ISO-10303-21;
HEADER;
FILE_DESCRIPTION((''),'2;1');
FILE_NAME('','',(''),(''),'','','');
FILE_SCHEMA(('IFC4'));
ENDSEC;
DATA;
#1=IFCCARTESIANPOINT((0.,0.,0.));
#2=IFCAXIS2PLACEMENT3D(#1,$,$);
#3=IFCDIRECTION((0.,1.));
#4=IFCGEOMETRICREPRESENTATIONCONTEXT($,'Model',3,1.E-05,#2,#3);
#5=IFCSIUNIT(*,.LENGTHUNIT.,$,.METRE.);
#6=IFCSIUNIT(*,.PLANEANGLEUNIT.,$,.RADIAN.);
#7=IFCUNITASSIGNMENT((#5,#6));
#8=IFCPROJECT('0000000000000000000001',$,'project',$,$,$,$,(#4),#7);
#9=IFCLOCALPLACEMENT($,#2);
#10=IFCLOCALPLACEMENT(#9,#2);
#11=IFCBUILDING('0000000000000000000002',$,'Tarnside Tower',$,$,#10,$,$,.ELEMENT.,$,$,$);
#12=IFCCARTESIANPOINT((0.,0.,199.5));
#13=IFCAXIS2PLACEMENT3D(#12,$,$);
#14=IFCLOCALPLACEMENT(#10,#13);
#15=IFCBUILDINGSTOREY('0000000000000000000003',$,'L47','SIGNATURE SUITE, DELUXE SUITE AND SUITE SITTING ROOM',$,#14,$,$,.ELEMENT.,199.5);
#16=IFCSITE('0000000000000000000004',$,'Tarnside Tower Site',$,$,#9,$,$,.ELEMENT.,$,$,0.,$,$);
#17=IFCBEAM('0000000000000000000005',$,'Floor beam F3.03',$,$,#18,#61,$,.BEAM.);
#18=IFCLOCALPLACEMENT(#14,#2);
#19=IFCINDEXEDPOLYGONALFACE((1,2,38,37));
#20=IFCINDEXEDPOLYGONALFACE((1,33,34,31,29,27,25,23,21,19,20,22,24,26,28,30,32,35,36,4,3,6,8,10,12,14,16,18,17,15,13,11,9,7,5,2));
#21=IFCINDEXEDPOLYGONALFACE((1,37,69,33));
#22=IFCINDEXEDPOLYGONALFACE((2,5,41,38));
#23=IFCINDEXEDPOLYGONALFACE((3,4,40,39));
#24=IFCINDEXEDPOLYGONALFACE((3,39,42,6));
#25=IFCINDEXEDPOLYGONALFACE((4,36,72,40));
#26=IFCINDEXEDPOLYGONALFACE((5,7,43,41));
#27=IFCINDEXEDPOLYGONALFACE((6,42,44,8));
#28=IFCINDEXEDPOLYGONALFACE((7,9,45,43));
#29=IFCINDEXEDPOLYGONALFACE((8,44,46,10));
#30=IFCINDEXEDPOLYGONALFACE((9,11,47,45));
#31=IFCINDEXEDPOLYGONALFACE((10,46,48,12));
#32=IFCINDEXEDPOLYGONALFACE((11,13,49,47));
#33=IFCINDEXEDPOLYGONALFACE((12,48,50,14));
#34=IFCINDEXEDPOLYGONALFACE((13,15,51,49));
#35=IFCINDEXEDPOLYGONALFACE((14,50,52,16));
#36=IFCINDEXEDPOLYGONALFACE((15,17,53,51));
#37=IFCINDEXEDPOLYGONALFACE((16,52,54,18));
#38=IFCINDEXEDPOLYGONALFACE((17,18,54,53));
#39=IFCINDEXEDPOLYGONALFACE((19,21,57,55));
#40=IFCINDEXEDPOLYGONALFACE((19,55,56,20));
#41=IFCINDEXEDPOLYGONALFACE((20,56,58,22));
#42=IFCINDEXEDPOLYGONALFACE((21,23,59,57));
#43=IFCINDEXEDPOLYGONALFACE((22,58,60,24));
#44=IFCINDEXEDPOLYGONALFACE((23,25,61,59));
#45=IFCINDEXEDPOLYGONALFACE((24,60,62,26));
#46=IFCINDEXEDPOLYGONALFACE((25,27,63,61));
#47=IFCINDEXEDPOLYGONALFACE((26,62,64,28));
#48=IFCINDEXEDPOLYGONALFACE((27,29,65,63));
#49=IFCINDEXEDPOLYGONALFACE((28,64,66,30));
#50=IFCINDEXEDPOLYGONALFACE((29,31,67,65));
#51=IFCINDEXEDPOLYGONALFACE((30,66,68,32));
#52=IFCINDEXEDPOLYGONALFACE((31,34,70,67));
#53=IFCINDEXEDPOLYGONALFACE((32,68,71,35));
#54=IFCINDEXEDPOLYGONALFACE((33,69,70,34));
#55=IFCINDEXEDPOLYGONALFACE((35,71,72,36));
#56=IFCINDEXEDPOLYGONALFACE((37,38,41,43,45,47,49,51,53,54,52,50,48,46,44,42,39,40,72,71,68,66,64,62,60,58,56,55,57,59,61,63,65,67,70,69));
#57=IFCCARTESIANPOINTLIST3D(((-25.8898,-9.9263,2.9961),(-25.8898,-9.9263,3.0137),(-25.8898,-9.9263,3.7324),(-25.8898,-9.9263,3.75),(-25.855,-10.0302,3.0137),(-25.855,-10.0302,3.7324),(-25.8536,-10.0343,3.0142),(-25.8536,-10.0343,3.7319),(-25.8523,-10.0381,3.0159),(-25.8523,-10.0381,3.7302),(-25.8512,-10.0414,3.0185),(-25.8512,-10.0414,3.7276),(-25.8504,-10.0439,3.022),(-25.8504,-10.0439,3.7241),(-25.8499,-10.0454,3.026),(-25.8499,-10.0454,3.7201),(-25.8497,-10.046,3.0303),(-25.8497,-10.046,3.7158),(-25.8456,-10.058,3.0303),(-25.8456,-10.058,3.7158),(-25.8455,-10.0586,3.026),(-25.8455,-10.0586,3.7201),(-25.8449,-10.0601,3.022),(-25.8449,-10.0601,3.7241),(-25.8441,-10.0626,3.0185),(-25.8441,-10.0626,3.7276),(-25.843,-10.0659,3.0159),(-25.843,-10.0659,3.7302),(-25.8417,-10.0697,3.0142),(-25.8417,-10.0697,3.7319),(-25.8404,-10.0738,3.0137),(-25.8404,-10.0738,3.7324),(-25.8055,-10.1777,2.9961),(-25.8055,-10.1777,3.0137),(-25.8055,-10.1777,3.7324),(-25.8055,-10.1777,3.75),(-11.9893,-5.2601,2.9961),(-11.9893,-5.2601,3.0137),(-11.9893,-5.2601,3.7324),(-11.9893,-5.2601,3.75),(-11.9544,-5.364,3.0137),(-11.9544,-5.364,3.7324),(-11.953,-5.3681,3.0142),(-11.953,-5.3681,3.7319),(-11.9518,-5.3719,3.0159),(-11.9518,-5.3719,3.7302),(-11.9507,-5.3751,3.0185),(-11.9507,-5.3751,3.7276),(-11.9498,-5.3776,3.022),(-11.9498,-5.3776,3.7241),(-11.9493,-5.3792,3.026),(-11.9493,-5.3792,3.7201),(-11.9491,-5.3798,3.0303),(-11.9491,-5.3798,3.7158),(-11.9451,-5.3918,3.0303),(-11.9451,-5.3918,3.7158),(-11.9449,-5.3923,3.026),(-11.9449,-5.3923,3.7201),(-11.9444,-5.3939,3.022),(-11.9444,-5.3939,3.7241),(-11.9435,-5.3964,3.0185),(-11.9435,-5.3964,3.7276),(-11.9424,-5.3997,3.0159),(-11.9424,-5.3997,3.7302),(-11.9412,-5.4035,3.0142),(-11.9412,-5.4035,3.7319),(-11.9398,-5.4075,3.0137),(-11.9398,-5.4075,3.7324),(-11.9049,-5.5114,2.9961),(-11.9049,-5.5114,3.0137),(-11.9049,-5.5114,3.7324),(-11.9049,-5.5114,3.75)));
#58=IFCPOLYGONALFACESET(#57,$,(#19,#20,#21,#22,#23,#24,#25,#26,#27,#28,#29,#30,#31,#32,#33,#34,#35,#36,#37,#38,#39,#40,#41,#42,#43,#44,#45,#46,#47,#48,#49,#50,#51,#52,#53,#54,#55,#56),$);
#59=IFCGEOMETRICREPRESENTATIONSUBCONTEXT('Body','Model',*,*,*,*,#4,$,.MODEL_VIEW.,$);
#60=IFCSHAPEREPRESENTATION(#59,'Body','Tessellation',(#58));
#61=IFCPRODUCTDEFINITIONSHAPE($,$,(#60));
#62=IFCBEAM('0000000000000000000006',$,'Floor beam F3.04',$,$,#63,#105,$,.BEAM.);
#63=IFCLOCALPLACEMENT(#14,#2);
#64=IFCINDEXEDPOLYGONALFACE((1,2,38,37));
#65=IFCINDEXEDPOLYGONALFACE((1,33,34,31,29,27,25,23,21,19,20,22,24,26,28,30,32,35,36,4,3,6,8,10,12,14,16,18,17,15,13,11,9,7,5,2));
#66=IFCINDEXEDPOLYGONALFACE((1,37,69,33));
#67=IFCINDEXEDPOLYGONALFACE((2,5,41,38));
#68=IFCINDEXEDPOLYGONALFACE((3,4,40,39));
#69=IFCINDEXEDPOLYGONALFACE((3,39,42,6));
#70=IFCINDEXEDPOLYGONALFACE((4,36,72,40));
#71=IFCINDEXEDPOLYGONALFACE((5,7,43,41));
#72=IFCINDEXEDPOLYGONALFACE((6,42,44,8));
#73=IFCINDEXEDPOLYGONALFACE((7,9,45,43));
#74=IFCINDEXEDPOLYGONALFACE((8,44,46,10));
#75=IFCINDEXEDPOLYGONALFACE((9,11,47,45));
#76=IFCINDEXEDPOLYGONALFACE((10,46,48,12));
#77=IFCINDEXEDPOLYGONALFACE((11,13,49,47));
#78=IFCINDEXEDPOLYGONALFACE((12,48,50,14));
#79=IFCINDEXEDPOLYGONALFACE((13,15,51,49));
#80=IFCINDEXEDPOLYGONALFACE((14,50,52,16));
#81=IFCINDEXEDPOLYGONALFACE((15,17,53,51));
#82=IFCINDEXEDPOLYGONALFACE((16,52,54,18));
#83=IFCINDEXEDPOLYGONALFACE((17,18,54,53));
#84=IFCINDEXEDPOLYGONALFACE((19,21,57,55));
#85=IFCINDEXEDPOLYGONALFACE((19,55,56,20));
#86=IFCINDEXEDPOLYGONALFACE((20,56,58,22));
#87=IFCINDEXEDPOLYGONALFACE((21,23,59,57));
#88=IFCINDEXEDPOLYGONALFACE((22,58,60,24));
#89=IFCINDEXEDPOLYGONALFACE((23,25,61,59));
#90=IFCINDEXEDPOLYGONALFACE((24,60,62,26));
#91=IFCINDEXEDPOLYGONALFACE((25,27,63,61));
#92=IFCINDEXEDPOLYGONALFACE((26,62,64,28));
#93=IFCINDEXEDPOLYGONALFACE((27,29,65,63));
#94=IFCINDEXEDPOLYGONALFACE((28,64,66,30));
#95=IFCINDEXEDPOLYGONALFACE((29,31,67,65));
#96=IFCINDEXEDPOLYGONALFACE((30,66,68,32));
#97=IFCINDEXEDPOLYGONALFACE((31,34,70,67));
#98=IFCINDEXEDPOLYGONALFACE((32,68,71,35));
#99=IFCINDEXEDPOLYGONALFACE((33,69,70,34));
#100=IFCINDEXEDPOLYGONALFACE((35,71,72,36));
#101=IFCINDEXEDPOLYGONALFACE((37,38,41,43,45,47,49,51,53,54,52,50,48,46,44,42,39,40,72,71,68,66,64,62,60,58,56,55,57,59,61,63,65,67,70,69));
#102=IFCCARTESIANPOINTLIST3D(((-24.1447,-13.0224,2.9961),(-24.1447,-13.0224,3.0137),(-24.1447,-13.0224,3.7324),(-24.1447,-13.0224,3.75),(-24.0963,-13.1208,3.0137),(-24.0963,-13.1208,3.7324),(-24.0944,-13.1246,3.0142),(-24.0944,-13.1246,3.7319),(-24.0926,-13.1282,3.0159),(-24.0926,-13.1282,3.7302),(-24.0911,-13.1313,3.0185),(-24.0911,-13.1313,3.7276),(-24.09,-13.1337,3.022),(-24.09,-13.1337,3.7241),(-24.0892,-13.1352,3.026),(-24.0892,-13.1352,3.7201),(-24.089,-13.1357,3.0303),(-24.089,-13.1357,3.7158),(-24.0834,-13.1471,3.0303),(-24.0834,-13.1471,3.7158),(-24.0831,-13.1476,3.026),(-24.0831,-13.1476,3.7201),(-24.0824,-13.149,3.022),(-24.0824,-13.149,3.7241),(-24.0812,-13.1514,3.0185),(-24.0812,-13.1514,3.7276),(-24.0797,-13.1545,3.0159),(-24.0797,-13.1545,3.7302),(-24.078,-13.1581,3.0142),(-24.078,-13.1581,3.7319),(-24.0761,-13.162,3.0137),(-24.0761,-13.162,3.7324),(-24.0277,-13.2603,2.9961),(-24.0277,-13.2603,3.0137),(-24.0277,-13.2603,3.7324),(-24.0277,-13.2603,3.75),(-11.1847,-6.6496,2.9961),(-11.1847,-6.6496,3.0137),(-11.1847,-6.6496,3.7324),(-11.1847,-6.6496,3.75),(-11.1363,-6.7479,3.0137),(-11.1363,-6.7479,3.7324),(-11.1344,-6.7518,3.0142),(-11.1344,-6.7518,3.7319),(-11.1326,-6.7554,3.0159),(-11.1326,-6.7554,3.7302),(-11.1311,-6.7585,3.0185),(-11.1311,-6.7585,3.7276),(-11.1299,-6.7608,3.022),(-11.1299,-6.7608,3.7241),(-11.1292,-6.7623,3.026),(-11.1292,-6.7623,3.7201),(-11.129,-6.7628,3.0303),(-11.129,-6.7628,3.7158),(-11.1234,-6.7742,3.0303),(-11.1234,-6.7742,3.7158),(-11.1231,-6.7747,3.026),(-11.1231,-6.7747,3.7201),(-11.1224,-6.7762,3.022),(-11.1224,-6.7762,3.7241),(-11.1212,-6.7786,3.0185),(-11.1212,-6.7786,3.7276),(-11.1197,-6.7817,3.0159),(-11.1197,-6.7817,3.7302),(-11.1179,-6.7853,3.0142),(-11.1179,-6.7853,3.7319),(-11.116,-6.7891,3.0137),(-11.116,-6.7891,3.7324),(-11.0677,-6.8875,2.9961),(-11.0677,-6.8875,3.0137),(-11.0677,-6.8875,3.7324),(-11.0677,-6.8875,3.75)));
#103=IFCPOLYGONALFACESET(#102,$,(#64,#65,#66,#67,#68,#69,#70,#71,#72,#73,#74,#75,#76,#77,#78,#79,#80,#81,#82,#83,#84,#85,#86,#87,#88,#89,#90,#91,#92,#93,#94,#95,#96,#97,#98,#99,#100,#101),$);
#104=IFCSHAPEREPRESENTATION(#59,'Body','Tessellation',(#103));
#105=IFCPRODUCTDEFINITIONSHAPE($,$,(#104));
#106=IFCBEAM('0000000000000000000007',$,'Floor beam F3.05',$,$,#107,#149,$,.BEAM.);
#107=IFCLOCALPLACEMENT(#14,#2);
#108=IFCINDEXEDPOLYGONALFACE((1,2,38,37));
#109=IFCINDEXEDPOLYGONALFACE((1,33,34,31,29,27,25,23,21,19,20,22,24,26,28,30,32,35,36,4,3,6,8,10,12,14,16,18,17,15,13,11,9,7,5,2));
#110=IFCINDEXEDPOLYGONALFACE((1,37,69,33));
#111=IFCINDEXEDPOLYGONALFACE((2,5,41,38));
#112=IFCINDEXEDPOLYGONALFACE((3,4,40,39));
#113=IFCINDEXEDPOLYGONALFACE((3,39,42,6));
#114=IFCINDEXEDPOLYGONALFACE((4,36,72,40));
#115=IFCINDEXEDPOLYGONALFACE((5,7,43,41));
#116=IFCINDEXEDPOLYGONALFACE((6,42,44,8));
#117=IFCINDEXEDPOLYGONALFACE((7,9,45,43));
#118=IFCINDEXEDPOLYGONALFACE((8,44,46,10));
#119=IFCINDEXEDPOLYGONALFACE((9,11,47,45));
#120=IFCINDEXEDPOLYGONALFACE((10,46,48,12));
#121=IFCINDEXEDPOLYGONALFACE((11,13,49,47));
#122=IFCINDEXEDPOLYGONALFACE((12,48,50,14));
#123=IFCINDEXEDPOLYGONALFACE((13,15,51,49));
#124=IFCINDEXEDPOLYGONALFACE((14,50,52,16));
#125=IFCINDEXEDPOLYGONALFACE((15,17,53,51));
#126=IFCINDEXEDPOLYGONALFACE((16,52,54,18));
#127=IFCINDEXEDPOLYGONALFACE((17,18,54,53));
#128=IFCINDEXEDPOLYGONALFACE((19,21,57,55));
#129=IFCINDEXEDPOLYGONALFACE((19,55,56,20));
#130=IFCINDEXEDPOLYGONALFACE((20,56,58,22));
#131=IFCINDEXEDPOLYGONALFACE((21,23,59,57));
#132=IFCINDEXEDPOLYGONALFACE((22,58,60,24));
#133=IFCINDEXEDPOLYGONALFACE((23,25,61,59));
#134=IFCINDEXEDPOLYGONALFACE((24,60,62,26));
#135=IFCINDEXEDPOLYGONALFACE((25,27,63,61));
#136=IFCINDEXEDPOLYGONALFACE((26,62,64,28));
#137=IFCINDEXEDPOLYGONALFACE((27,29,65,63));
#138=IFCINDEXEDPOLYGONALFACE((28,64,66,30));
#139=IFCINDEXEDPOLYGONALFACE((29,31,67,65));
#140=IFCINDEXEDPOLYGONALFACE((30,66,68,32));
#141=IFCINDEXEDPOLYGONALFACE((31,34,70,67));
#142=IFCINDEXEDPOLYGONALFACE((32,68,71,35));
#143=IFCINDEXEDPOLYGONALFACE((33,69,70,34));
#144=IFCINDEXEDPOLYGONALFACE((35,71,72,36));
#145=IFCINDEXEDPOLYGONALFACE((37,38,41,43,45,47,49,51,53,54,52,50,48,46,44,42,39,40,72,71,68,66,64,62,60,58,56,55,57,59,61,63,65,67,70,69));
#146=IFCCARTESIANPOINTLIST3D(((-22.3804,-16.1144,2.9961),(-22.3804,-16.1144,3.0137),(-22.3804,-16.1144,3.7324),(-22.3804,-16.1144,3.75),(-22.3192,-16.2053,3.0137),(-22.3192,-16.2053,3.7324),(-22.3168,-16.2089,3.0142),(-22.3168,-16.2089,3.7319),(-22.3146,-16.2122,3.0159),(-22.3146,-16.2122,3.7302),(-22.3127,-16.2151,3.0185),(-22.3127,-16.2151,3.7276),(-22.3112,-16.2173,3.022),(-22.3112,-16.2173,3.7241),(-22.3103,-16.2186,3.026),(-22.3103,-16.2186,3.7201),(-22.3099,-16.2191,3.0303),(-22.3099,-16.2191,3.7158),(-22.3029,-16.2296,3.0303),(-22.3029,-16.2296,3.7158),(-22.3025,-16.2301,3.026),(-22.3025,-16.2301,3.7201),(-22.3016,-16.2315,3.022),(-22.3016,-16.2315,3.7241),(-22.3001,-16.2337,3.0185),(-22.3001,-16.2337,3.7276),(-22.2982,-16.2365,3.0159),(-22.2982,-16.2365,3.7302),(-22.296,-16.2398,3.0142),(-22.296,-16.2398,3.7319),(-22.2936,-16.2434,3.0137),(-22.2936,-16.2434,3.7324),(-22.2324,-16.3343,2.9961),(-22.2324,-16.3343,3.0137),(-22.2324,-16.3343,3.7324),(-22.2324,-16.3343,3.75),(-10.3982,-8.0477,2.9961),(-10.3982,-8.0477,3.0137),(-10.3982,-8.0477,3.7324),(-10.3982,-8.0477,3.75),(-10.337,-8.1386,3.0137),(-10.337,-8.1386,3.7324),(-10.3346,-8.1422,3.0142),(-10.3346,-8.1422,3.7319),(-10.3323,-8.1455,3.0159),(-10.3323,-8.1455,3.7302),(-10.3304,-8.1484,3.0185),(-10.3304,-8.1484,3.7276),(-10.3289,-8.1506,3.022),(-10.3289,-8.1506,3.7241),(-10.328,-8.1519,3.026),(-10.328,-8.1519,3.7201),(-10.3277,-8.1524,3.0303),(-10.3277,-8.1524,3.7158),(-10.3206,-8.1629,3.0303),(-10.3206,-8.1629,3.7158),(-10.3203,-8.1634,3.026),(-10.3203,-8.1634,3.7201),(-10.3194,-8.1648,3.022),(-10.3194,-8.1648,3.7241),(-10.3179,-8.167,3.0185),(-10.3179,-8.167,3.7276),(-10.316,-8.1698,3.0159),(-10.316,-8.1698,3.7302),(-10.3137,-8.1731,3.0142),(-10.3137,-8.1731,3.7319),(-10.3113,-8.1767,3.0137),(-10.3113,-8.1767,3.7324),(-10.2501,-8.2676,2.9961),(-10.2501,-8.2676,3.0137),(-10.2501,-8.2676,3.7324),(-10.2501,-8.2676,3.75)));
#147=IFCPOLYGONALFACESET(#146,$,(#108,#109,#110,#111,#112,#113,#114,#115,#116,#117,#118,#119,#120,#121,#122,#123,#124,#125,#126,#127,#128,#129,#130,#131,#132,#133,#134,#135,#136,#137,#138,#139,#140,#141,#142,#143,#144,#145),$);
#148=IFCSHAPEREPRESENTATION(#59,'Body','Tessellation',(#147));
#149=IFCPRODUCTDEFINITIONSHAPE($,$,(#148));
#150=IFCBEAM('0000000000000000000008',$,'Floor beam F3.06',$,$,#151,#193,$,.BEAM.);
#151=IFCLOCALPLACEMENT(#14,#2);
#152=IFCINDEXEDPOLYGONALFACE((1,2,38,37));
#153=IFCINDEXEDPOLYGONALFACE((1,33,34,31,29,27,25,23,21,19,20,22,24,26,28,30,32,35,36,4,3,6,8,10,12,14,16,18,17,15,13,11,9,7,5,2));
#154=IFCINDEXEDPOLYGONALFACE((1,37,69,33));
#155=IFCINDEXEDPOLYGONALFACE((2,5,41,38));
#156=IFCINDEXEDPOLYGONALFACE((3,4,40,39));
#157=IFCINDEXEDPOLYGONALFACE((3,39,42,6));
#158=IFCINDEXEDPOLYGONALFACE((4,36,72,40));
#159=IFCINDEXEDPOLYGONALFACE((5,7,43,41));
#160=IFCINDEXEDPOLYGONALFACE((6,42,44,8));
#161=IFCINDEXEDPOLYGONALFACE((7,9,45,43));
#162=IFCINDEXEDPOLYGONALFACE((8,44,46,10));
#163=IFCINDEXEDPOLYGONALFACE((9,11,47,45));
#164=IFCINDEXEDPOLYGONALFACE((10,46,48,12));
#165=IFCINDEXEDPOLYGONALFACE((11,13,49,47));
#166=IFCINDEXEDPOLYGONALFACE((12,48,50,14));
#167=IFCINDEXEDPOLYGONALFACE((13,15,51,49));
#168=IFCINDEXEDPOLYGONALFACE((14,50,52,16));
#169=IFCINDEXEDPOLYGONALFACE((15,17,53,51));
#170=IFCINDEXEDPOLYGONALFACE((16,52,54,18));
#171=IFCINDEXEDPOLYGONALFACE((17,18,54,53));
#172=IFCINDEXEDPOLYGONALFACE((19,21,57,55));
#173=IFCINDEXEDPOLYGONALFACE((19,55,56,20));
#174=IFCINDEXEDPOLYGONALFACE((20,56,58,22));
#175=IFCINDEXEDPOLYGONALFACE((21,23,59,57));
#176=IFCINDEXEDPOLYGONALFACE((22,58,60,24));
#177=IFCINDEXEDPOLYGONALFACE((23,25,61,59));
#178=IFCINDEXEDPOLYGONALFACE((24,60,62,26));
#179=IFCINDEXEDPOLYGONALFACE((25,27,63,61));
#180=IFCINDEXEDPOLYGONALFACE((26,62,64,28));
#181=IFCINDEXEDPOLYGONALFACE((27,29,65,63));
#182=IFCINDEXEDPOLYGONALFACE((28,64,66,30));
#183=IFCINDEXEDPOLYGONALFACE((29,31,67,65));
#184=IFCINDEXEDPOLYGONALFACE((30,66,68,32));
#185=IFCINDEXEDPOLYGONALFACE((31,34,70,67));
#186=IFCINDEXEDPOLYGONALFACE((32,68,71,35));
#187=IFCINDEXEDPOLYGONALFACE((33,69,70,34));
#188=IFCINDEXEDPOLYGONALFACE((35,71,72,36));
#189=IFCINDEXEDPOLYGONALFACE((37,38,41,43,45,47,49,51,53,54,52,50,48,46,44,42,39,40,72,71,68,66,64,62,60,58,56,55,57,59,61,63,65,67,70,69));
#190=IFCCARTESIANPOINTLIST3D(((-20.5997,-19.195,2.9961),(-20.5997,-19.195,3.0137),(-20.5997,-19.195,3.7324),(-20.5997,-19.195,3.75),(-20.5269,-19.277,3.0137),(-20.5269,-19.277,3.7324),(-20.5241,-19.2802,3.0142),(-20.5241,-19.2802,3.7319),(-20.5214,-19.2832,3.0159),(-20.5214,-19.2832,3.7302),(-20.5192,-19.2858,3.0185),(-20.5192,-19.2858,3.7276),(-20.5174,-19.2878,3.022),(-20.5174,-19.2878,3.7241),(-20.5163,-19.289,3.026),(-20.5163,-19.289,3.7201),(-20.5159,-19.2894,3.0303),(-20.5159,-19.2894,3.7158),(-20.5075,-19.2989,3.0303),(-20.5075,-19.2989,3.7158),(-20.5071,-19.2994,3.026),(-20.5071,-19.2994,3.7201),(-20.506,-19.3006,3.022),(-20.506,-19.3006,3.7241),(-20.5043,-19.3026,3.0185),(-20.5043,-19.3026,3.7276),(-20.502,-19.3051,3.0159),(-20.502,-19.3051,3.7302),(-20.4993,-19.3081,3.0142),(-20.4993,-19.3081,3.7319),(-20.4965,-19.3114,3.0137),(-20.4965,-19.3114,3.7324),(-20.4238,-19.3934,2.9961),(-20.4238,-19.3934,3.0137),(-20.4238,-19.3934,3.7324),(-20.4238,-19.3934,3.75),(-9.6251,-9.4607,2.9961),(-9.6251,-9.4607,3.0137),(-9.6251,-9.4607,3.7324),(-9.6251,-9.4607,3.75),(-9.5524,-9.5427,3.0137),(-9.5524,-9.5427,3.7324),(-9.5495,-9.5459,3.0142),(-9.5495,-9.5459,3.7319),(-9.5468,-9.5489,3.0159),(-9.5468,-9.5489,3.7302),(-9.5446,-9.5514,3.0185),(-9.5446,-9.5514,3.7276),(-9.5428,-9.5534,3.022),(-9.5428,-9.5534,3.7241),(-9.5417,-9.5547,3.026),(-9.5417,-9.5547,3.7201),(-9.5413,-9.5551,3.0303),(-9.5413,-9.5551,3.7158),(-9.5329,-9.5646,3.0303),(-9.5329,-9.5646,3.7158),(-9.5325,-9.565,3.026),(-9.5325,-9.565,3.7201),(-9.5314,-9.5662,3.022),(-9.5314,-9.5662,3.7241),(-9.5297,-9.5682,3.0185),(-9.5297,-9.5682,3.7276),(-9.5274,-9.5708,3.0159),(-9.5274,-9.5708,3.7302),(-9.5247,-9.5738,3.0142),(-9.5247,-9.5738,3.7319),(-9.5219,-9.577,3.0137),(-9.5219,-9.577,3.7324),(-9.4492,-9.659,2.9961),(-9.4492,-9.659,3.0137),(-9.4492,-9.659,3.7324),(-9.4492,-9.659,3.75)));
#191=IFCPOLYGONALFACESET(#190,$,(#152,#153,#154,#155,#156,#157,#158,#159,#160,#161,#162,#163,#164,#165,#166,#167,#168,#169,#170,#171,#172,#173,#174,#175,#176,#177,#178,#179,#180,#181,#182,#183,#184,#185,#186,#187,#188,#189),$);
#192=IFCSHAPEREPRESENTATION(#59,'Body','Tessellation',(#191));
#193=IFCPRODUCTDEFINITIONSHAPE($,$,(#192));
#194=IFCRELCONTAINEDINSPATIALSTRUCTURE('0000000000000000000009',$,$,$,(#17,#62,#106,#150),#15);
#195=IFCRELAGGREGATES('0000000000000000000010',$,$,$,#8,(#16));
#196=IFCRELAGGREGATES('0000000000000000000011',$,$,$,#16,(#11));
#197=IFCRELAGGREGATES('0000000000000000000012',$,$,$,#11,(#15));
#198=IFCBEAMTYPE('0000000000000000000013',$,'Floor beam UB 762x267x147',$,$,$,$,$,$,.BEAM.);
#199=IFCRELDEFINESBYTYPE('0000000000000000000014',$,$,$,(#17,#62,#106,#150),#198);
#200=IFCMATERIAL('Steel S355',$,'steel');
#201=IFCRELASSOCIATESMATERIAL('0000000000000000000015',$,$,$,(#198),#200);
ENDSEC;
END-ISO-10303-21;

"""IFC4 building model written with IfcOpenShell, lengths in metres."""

from ifc_helpers import new_model, si_unit, direction, frame, origin, origin_2d, place, context, subcontext, project, spatial, i_section, extrude, material, material_profile, profile_set, type_object, element, save


model = new_model("IFC4")

# Units and contexts
model_context = context("Model", 3, precision=1e-05, world=origin(), true_north=direction((0.0, 1.0)))
body_context = subcontext(model_context, "Body", "Model", "MODEL_VIEW")
ifc_project = project(units=[si_unit("LENGTHUNIT", "METRE"), si_unit("PLANEANGLEUNIT", "RADIAN")], contexts=[model_context])

# Site, building, storey
site_placement = place(None, origin())
site = spatial("IfcSite", under=ifc_project, at=site_placement, Name="Tarnside Tower Site", CompositionType="ELEMENT", RefElevation=0.0)
building_placement = place(site_placement, origin())
building = spatial("IfcBuilding", under=site, at=building_placement, Name="Tarnside Tower", CompositionType="ELEMENT")
storey_placement = place(building_placement, frame((0.0, 0.0, 199.5)))
storey = spatial("IfcBuildingStorey", under=building, at=storey_placement, Name="L47", Description="SIGNATURE SUITE, DELUXE SUITE AND SUITE SITTING ROOM", CompositionType="ELEMENT", Elevation=199.5)

# Beams
ifc_material_1 = material(Name="Steel S355", Category="steel")
ifc_material_profile_1 = material_profile(ifc_material_1, i_section(OverallWidth=0.2651, OverallDepth=0.7539, WebThickness=0.0127, FlangeThickness=0.0176, FilletRadius=0.0166, at=origin_2d()), Name="UB 762x267x147")
ifc_profile_set_1 = profile_set([ifc_material_profile_1], Name="Steel S355")
beam_type_1 = type_object("IfcBeamType", Name="Floor beam UB 762x267x147", PredefinedType="BEAM", material=ifc_profile_set_1)
beam_1_placement = place(storey_placement, frame((-25.8477, -10.052, 3.373), z_axis=(0.948012, 0.318235, 0.0), x_axis=(-0.318235, 0.948012, 0.0)))
element("IfcBeam", 1, at=beam_1_placement, inside=storey, type_object=beam_type_1, Name="Floor beam F3.03", PredefinedType="BEAM", context=body_context, shape_type="SweptSolid", body=[
    extrude(i_section(OverallWidth=0.2651, OverallDepth=0.7539, WebThickness=0.0127, FlangeThickness=0.0176, FilletRadius=0.0166, at=origin_2d()), origin(), (0.0, 0.0, 1.0), 14.6628),
])
beam_2_placement = place(storey_placement, frame((-24.0862, -13.1414, 3.373), z_axis=(0.897376, 0.441267, 0.0), x_axis=(-0.441267, 0.897376, 0.0)))
element("IfcBeam", 2, at=beam_2_placement, inside=storey, type_object=beam_type_1, Name="Floor beam F3.04", PredefinedType="BEAM", context=body_context, shape_type="SweptSolid", body=[
    extrude(i_section(OverallWidth=0.2651, OverallDepth=0.7539, WebThickness=0.0127, FlangeThickness=0.0176, FilletRadius=0.0166, at=origin_2d()), origin(), (0.0, 0.0, 1.0), 14.4421),
])
beam_3_placement = place(storey_placement, frame((-22.3064, -16.2244, 3.373), z_axis=(0.829532, 0.558458, 0.0), x_axis=(-0.558458, 0.829532, 0.0)))
element("IfcBeam", 3, at=beam_3_placement, inside=storey, type_object=beam_type_1, Name="Floor beam F3.05", PredefinedType="BEAM", context=body_context, shape_type="SweptSolid", body=[
    extrude(i_section(OverallWidth=0.2651, OverallDepth=0.7539, WebThickness=0.0127, FlangeThickness=0.0176, FilletRadius=0.0166, at=origin_2d()), origin(), (0.0, 0.0, 1.0), 14.4446),
])
beam_4_placement = place(storey_placement, frame((-20.5117, -19.2942, 3.373), z_axis=(0.748114, 0.66357, 0.0), x_axis=(-0.66357, 0.748114, 0.0)))
element("IfcBeam", 4, at=beam_4_placement, inside=storey, type_object=beam_type_1, Name="Floor beam F3.06", PredefinedType="BEAM", context=body_context, shape_type="SweptSolid", body=[
    extrude(i_section(OverallWidth=0.2651, OverallDepth=0.7539, WebThickness=0.0127, FlangeThickness=0.0176, FilletRadius=0.0166, at=origin_2d()), origin(), (0.0, 0.0, 1.0), 14.6697),
])

save(model, "model.ifc")
